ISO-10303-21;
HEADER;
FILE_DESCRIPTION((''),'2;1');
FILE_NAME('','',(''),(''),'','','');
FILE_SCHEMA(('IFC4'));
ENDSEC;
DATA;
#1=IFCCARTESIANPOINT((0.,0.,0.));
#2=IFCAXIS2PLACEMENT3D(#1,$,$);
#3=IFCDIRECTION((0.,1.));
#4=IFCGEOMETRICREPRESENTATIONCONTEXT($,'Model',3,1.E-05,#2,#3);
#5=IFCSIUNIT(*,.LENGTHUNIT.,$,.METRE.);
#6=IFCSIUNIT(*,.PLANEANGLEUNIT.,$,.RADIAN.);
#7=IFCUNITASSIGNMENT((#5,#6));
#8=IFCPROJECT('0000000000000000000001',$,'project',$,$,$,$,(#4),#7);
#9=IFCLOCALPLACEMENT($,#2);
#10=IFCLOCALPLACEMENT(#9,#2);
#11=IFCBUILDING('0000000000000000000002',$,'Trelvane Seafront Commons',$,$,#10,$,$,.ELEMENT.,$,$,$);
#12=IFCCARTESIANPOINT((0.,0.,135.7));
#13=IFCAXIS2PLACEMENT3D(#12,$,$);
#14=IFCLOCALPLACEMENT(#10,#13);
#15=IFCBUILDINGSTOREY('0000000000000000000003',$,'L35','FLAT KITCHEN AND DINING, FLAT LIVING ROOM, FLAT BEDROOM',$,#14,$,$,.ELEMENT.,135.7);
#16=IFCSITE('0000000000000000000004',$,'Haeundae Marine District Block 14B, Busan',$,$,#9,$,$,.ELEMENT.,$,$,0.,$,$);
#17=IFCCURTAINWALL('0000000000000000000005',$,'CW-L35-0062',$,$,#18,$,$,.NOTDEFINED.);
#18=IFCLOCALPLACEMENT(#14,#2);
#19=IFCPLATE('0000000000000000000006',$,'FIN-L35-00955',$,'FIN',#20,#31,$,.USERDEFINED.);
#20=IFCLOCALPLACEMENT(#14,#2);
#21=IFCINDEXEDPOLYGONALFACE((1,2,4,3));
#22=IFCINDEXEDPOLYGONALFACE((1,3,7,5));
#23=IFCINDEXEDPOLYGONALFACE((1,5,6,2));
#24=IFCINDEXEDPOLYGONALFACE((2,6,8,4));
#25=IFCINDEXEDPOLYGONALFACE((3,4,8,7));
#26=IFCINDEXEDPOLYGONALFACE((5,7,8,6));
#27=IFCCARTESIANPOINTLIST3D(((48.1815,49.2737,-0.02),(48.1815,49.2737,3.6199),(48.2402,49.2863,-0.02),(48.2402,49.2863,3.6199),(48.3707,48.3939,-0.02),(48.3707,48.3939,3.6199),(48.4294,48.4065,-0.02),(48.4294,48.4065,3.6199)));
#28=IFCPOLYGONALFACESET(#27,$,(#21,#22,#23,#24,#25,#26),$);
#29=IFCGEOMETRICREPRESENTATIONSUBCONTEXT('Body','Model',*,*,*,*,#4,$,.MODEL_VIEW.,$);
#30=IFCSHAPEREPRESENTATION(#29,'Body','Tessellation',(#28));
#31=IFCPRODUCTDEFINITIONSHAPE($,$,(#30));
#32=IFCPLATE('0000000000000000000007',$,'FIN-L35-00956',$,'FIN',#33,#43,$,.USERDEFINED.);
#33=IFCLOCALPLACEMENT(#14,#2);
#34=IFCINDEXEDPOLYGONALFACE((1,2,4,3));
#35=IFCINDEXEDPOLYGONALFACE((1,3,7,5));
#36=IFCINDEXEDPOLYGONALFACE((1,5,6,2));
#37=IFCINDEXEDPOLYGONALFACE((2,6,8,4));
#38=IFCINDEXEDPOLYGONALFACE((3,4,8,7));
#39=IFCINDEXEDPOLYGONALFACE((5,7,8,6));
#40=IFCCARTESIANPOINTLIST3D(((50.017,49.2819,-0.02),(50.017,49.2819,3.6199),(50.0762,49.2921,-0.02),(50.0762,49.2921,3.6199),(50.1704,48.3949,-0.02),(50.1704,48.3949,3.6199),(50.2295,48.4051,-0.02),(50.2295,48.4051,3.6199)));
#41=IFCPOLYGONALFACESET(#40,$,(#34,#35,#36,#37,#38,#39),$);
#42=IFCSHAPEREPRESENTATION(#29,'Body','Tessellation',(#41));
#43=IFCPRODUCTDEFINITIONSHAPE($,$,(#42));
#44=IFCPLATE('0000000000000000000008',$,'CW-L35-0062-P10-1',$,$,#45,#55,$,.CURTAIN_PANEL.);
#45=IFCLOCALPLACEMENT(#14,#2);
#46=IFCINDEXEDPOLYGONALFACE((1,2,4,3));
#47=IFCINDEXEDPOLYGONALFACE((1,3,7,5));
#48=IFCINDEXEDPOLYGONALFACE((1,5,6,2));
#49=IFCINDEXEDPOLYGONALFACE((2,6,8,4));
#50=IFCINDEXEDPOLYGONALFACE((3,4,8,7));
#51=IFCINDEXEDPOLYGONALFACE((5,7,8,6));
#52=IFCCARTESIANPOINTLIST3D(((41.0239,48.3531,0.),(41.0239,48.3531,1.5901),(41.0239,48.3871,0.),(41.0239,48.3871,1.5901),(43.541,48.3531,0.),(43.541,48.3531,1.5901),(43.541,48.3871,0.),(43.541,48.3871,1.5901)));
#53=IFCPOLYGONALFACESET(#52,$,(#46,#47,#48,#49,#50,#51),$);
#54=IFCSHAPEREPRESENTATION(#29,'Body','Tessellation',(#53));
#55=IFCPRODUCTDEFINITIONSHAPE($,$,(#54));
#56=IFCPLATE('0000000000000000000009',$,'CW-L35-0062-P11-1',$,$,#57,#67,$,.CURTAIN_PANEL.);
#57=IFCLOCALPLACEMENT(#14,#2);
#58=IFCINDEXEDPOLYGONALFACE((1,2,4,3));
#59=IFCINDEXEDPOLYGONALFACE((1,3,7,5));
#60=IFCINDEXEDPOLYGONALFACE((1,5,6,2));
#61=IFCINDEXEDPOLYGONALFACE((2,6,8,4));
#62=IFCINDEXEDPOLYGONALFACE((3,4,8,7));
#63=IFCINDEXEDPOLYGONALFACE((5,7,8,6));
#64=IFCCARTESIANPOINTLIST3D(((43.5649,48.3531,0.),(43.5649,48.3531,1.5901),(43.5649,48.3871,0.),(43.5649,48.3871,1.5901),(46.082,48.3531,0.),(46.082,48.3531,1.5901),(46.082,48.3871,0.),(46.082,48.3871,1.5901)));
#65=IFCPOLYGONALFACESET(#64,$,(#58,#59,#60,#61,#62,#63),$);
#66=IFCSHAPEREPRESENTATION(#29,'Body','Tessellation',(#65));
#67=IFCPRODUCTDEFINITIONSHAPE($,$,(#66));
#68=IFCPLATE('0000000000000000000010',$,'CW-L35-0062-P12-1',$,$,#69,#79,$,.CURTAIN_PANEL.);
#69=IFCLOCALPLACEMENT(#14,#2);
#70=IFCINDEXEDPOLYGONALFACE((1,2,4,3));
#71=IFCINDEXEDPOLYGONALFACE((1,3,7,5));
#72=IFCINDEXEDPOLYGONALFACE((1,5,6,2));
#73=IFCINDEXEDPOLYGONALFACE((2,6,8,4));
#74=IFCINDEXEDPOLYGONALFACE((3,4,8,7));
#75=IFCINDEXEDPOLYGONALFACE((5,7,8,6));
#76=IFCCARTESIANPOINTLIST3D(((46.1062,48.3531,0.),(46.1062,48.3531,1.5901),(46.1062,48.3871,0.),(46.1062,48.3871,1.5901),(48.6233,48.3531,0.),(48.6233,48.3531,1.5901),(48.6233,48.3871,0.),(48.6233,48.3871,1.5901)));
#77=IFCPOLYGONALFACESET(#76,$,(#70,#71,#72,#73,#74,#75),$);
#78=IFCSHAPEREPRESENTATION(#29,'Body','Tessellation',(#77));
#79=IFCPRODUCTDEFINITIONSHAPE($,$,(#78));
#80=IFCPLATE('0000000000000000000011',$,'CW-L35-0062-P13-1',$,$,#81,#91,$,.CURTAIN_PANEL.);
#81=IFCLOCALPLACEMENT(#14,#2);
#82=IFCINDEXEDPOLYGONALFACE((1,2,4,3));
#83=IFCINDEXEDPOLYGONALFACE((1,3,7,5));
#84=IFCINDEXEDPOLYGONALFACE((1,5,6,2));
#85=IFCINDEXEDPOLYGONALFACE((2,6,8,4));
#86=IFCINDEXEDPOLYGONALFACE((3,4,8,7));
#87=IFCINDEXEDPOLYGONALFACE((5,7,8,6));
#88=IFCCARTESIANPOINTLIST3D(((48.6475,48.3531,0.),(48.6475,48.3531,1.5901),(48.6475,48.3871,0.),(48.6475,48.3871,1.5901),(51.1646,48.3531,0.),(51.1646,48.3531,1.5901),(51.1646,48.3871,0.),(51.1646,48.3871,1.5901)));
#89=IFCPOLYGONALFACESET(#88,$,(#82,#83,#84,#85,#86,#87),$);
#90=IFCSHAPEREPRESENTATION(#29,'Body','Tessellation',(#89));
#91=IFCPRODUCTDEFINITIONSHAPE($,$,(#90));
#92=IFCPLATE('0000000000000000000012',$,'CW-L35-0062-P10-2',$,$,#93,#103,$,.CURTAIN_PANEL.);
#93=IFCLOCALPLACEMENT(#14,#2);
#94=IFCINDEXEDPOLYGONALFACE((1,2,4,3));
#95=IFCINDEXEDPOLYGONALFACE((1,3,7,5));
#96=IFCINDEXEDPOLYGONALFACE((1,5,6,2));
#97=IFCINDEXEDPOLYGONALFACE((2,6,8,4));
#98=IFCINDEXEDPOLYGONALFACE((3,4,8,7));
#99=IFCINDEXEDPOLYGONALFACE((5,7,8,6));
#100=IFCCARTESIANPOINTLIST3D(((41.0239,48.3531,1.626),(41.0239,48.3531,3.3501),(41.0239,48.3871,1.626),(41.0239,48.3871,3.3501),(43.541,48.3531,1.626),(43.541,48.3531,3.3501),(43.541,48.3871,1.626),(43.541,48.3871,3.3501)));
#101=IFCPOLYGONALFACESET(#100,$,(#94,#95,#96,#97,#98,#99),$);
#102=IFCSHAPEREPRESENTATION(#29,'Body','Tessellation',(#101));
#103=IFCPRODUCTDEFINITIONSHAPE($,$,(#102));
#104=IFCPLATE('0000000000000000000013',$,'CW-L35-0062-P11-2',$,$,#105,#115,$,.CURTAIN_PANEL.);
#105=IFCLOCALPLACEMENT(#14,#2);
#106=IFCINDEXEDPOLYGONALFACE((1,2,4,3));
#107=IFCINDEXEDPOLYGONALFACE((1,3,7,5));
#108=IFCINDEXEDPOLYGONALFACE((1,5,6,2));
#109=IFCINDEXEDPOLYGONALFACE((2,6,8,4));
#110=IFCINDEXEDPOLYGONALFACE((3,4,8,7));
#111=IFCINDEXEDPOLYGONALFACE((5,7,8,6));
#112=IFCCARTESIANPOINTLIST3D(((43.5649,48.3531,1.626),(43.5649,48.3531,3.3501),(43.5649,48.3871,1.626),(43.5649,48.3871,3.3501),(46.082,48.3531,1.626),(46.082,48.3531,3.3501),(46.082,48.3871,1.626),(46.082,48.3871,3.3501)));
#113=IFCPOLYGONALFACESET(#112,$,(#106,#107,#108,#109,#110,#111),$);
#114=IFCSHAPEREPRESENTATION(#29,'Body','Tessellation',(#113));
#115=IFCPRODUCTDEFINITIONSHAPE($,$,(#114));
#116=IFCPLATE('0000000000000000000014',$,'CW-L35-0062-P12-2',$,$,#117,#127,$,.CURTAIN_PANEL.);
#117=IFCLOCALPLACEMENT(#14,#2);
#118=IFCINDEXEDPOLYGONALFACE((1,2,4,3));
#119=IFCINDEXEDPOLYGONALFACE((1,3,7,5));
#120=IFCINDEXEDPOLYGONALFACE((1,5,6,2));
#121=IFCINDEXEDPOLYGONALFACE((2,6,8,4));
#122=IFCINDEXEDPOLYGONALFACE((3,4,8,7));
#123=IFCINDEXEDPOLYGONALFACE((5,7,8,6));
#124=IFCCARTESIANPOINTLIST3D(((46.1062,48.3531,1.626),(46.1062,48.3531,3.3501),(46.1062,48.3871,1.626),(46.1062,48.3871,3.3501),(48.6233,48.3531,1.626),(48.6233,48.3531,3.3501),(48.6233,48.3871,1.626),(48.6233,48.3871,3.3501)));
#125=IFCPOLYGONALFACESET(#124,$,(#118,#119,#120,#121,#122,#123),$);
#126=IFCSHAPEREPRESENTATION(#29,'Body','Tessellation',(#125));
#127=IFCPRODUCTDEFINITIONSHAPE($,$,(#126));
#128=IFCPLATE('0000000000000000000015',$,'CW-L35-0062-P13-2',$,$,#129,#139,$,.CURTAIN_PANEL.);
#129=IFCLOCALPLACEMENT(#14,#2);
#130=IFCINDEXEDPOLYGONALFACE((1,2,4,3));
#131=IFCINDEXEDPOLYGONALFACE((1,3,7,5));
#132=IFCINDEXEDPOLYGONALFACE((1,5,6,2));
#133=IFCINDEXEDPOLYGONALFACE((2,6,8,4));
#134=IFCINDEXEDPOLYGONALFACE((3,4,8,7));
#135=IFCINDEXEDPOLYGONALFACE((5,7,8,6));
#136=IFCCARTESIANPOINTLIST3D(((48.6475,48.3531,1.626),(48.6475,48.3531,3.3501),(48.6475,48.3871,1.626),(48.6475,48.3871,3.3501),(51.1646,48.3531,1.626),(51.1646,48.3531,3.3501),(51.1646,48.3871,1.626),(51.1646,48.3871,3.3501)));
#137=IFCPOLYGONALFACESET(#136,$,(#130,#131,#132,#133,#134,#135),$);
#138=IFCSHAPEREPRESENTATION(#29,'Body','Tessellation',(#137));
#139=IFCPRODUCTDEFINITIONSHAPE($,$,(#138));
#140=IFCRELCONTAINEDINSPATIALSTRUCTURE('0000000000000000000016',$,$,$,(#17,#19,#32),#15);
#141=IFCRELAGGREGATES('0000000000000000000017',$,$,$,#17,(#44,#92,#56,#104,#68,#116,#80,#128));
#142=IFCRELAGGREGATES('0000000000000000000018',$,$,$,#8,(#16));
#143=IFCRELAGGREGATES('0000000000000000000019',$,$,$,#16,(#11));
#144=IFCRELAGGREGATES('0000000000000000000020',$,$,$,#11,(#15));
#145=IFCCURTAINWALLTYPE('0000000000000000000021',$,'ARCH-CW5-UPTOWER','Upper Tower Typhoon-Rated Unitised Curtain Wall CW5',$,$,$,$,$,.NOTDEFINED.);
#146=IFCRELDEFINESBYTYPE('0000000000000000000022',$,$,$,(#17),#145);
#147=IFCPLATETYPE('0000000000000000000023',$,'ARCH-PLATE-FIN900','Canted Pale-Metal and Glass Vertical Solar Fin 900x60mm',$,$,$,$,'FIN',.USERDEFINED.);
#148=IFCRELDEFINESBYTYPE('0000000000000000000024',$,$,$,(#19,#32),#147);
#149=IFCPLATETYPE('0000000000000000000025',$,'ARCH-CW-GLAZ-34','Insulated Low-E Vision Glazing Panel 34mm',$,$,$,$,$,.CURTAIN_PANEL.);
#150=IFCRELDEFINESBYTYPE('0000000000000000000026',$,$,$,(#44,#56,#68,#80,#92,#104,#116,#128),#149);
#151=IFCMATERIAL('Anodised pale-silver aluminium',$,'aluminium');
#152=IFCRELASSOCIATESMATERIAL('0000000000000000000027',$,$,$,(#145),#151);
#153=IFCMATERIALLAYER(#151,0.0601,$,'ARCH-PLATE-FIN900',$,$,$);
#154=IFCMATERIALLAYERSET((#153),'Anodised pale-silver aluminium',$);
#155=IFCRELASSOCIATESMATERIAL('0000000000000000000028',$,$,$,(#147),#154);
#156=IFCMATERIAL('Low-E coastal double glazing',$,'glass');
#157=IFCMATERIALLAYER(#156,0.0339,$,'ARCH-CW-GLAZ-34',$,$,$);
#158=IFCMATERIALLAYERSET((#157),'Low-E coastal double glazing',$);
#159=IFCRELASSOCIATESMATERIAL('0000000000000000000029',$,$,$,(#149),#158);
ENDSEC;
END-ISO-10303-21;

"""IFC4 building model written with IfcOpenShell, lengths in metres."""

from ifc_helpers import new_model, si_unit, direction, frame, origin, origin_2d, place, context, subcontext, project, spatial, rectangle, extrude, source, transform, mapped, material, layer, layer_set, type_object, element, aggregate, save


model = new_model("IFC4")

# Units and contexts
model_context = context("Model", 3, precision=1e-05, world=origin(), true_north=direction((0.0, 1.0)))
body_context = subcontext(model_context, "Body", "Model", "MODEL_VIEW")
ifc_project = project(units=[si_unit("LENGTHUNIT", "METRE"), si_unit("PLANEANGLEUNIT", "RADIAN")], contexts=[model_context])

# Site, building, storey
site_placement = place(None, origin())
site = spatial("IfcSite", under=ifc_project, at=site_placement, Name="Haeundae Marine District Block 14B, Busan", CompositionType="ELEMENT", RefElevation=0.0)
building_placement = place(site_placement, origin())
building = spatial("IfcBuilding", under=site, at=building_placement, Name="Trelvane Seafront Commons", CompositionType="ELEMENT")
storey_placement = place(building_placement, frame((0.0, 0.0, 135.7)))
storey = spatial("IfcBuildingStorey", under=building, at=storey_placement, Name="L35", Description="FLAT KITCHEN AND DINING, FLAT LIVING ROOM, FLAT BEDROOM", CompositionType="ELEMENT", Elevation=135.7)

# Curtain wall
ifc_material_1 = material(Name="Anodised pale-silver aluminium", Category="aluminium")
curtain_wall_type = type_object("IfcCurtainWallType", Name="ARCH-CW5-UPTOWER", Description="Upper Tower Typhoon-Rated Unitised Curtain Wall CW5", PredefinedType="NOTDEFINED", material=ifc_material_1)
curtain_wall_placement = place(storey_placement, origin())
curtain_wall = element("IfcCurtainWall", 1, at=curtain_wall_placement, inside=storey, type_object=curtain_wall_type, Name="CW-L35-0062", PredefinedType="NOTDEFINED")

# Plates
ifc_layer_1 = layer(ifc_material_1, 0.0601, Name="ARCH-PLATE-FIN900")
ifc_layer_set_1 = layer_set([ifc_layer_1], Name="Anodised pale-silver aluminium")
plate_type_1 = type_object("IfcPlateType", Name="ARCH-PLATE-FIN900", Description="Canted Pale-Metal and Glass Vertical Solar Fin 900x60mm", ElementType="FIN", PredefinedType="USERDEFINED", material=ifc_layer_set_1)
shared_shape_1 = source(origin(), body_context, "Body", "SweptSolid", [
    extrude(rectangle(XDim=0.8999, YDim=0.0601, at=origin_2d()), origin(), (0.0, 0.0, 1.0), 3.6399),
])
for number, where, z_axis, x_axis, name in (
    (2, (48.3054, 48.8401, -0.02), (0.0, 0.0, 1.0), (-0.210219, 0.977654, 0.0), "FIN-L35-00955"),
):
    element("IfcPlate", number, at=place(storey_placement, frame(where, z_axis=z_axis, x_axis=x_axis)), inside=storey, type_object=plate_type_1, Name=name, ObjectType="FIN", PredefinedType="USERDEFINED", context=body_context, shape_type="MappedRepresentation", body=[
        mapped(shared_shape_1, transform((0.0, 0.0, 0.0), x_axis=(1.0, 0.0, 0.0), y_axis=(0.0, 1.0, 0.0), z_axis=(0.0, 0.0, 1.0), scale=1.0)),
    ])
shared_shape_2 = source(origin(), body_context, "Body", "SweptSolid", [
    extrude(rectangle(XDim=0.9001, YDim=0.0601, at=origin_2d()), origin(), (0.0, 0.0, 1.0), 3.6399),
])
plate_1_placement = place(storey_placement, frame((50.1233, 48.8435, -0.02), z_axis=(0.0, 0.0, 1.0), x_axis=(-0.170323, 0.985388, 0.0)))
element("IfcPlate", 3, at=plate_1_placement, inside=storey, type_object=plate_type_1, Name="FIN-L35-00956", ObjectType="FIN", PredefinedType="USERDEFINED", context=body_context, shape_type="MappedRepresentation", body=[
    mapped(shared_shape_2, transform((0.0, 0.0, 0.0), x_axis=(1.0, 0.0, 0.0), y_axis=(0.0, 1.0, 0.0), z_axis=(0.0, 0.0, 1.0), scale=1.0)),
])

# Plates
ifc_material_2 = material(Name="Low-E coastal double glazing", Category="glass")
ifc_layer_2 = layer(ifc_material_2, 0.0339, Name="ARCH-CW-GLAZ-34")
ifc_layer_set_2 = layer_set([ifc_layer_2], Name="Low-E coastal double glazing")
plate_type_2 = type_object("IfcPlateType", Name="ARCH-CW-GLAZ-34", Description="Insulated Low-E Vision Glazing Panel 34mm", PredefinedType="CURTAIN_PANEL", material=ifc_layer_set_2)
shared_shape_3 = source(origin(), body_context, "Body", "SweptSolid", [
    extrude(rectangle(XDim=2.5171, YDim=0.0339, at=origin_2d()), origin(), (0.0, 0.0, 1.0), 1.5901),
])
plate_2_placement = place(storey_placement, frame((42.2825, 48.3701, 0.0), z_axis=(0.0, 0.0, 1.0), x_axis=(1.0, 0.0, 0.0)))
plate_2 = element("IfcPlate", 4, at=plate_2_placement, type_object=plate_type_2, Name="CW-L35-0062-P10-1", PredefinedType="CURTAIN_PANEL", context=body_context, shape_type="MappedRepresentation", body=[
    mapped(shared_shape_3, transform((0.0, 0.0, 0.0), x_axis=(1.0, 0.0, 0.0), y_axis=(0.0, 1.0, 0.0), z_axis=(0.0, 0.0, 1.0), scale=1.0)),
])
plate_3_placement = place(storey_placement, frame((44.8235, 48.3701, 0.0), z_axis=(0.0, 0.0, 1.0), x_axis=(1.0, 0.0, 0.0)))
plate_3 = element("IfcPlate", 5, at=plate_3_placement, type_object=plate_type_2, Name="CW-L35-0062-P11-1", PredefinedType="CURTAIN_PANEL", context=body_context, shape_type="MappedRepresentation", body=[
    mapped(shared_shape_3, transform((0.0, 0.0, 0.0), x_axis=(1.0, 0.0, 0.0), y_axis=(0.0, 1.0, 0.0), z_axis=(0.0, 0.0, 1.0), scale=1.0)),
])
plate_4_placement = place(storey_placement, frame((47.3647, 48.3701, 0.0), z_axis=(0.0, 0.0, 1.0), x_axis=(1.0, 0.0, 0.0)))
plate_4 = element("IfcPlate", 6, at=plate_4_placement, type_object=plate_type_2, Name="CW-L35-0062-P12-1", PredefinedType="CURTAIN_PANEL", context=body_context, shape_type="MappedRepresentation", body=[
    mapped(shared_shape_3, transform((0.0, 0.0, 0.0), x_axis=(1.0, 0.0, 0.0), y_axis=(0.0, 1.0, 0.0), z_axis=(0.0, 0.0, 1.0), scale=1.0)),
])
plate_5_placement = place(storey_placement, frame((49.906, 48.3701, 0.0), z_axis=(0.0, 0.0, 1.0), x_axis=(1.0, 0.0, 0.0)))
plate_5 = element("IfcPlate", 7, at=plate_5_placement, type_object=plate_type_2, Name="CW-L35-0062-P13-1", PredefinedType="CURTAIN_PANEL", context=body_context, shape_type="MappedRepresentation", body=[
    mapped(shared_shape_3, transform((0.0, 0.0, 0.0), x_axis=(1.0, 0.0, 0.0), y_axis=(0.0, 1.0, 0.0), z_axis=(0.0, 0.0, 1.0), scale=1.0)),
])
shared_shape_4 = source(origin(), body_context, "Body", "SweptSolid", [
    extrude(rectangle(XDim=2.5171, YDim=0.0339, at=origin_2d()), origin(), (0.0, 0.0, 1.0), 1.7241),
])
plate_6_placement = place(storey_placement, frame((42.2825, 48.3701, 1.626), z_axis=(0.0, 0.0, 1.0), x_axis=(1.0, 0.0, 0.0)))
plate_6 = element("IfcPlate", 8, at=plate_6_placement, type_object=plate_type_2, Name="CW-L35-0062-P10-2", PredefinedType="CURTAIN_PANEL", context=body_context, shape_type="MappedRepresentation", body=[
    mapped(shared_shape_4, transform((0.0, 0.0, 0.0), x_axis=(1.0, 0.0, 0.0), y_axis=(0.0, 1.0, 0.0), z_axis=(0.0, 0.0, 1.0), scale=1.0)),
])
plate_7_placement = place(storey_placement, frame((44.8235, 48.3701, 1.626), z_axis=(0.0, 0.0, 1.0), x_axis=(1.0, 0.0, 0.0)))
plate_7 = element("IfcPlate", 9, at=plate_7_placement, type_object=plate_type_2, Name="CW-L35-0062-P11-2", PredefinedType="CURTAIN_PANEL", context=body_context, shape_type="MappedRepresentation", body=[
    mapped(shared_shape_4, transform((0.0, 0.0, 0.0), x_axis=(1.0, 0.0, 0.0), y_axis=(0.0, 1.0, 0.0), z_axis=(0.0, 0.0, 1.0), scale=1.0)),
])
plate_8_placement = place(storey_placement, frame((47.3647, 48.3701, 1.626), z_axis=(0.0, 0.0, 1.0), x_axis=(1.0, 0.0, 0.0)))
plate_8 = element("IfcPlate", 10, at=plate_8_placement, type_object=plate_type_2, Name="CW-L35-0062-P12-2", PredefinedType="CURTAIN_PANEL", context=body_context, shape_type="MappedRepresentation", body=[
    mapped(shared_shape_4, transform((0.0, 0.0, 0.0), x_axis=(1.0, 0.0, 0.0), y_axis=(0.0, 1.0, 0.0), z_axis=(0.0, 0.0, 1.0), scale=1.0)),
])
plate_9_placement = place(storey_placement, frame((49.906, 48.3701, 1.626), z_axis=(0.0, 0.0, 1.0), x_axis=(1.0, 0.0, 0.0)))
plate_9 = element("IfcPlate", 11, at=plate_9_placement, type_object=plate_type_2, Name="CW-L35-0062-P13-2", PredefinedType="CURTAIN_PANEL", context=body_context, shape_type="MappedRepresentation", body=[
    mapped(shared_shape_4, transform((0.0, 0.0, 0.0), x_axis=(1.0, 0.0, 0.0), y_axis=(0.0, 1.0, 0.0), z_axis=(0.0, 0.0, 1.0), scale=1.0)),
])
aggregate(curtain_wall, [plate_2, plate_6, plate_3, plate_7, plate_4, plate_8, plate_5, plate_9])

save(model, "model.ifc")
